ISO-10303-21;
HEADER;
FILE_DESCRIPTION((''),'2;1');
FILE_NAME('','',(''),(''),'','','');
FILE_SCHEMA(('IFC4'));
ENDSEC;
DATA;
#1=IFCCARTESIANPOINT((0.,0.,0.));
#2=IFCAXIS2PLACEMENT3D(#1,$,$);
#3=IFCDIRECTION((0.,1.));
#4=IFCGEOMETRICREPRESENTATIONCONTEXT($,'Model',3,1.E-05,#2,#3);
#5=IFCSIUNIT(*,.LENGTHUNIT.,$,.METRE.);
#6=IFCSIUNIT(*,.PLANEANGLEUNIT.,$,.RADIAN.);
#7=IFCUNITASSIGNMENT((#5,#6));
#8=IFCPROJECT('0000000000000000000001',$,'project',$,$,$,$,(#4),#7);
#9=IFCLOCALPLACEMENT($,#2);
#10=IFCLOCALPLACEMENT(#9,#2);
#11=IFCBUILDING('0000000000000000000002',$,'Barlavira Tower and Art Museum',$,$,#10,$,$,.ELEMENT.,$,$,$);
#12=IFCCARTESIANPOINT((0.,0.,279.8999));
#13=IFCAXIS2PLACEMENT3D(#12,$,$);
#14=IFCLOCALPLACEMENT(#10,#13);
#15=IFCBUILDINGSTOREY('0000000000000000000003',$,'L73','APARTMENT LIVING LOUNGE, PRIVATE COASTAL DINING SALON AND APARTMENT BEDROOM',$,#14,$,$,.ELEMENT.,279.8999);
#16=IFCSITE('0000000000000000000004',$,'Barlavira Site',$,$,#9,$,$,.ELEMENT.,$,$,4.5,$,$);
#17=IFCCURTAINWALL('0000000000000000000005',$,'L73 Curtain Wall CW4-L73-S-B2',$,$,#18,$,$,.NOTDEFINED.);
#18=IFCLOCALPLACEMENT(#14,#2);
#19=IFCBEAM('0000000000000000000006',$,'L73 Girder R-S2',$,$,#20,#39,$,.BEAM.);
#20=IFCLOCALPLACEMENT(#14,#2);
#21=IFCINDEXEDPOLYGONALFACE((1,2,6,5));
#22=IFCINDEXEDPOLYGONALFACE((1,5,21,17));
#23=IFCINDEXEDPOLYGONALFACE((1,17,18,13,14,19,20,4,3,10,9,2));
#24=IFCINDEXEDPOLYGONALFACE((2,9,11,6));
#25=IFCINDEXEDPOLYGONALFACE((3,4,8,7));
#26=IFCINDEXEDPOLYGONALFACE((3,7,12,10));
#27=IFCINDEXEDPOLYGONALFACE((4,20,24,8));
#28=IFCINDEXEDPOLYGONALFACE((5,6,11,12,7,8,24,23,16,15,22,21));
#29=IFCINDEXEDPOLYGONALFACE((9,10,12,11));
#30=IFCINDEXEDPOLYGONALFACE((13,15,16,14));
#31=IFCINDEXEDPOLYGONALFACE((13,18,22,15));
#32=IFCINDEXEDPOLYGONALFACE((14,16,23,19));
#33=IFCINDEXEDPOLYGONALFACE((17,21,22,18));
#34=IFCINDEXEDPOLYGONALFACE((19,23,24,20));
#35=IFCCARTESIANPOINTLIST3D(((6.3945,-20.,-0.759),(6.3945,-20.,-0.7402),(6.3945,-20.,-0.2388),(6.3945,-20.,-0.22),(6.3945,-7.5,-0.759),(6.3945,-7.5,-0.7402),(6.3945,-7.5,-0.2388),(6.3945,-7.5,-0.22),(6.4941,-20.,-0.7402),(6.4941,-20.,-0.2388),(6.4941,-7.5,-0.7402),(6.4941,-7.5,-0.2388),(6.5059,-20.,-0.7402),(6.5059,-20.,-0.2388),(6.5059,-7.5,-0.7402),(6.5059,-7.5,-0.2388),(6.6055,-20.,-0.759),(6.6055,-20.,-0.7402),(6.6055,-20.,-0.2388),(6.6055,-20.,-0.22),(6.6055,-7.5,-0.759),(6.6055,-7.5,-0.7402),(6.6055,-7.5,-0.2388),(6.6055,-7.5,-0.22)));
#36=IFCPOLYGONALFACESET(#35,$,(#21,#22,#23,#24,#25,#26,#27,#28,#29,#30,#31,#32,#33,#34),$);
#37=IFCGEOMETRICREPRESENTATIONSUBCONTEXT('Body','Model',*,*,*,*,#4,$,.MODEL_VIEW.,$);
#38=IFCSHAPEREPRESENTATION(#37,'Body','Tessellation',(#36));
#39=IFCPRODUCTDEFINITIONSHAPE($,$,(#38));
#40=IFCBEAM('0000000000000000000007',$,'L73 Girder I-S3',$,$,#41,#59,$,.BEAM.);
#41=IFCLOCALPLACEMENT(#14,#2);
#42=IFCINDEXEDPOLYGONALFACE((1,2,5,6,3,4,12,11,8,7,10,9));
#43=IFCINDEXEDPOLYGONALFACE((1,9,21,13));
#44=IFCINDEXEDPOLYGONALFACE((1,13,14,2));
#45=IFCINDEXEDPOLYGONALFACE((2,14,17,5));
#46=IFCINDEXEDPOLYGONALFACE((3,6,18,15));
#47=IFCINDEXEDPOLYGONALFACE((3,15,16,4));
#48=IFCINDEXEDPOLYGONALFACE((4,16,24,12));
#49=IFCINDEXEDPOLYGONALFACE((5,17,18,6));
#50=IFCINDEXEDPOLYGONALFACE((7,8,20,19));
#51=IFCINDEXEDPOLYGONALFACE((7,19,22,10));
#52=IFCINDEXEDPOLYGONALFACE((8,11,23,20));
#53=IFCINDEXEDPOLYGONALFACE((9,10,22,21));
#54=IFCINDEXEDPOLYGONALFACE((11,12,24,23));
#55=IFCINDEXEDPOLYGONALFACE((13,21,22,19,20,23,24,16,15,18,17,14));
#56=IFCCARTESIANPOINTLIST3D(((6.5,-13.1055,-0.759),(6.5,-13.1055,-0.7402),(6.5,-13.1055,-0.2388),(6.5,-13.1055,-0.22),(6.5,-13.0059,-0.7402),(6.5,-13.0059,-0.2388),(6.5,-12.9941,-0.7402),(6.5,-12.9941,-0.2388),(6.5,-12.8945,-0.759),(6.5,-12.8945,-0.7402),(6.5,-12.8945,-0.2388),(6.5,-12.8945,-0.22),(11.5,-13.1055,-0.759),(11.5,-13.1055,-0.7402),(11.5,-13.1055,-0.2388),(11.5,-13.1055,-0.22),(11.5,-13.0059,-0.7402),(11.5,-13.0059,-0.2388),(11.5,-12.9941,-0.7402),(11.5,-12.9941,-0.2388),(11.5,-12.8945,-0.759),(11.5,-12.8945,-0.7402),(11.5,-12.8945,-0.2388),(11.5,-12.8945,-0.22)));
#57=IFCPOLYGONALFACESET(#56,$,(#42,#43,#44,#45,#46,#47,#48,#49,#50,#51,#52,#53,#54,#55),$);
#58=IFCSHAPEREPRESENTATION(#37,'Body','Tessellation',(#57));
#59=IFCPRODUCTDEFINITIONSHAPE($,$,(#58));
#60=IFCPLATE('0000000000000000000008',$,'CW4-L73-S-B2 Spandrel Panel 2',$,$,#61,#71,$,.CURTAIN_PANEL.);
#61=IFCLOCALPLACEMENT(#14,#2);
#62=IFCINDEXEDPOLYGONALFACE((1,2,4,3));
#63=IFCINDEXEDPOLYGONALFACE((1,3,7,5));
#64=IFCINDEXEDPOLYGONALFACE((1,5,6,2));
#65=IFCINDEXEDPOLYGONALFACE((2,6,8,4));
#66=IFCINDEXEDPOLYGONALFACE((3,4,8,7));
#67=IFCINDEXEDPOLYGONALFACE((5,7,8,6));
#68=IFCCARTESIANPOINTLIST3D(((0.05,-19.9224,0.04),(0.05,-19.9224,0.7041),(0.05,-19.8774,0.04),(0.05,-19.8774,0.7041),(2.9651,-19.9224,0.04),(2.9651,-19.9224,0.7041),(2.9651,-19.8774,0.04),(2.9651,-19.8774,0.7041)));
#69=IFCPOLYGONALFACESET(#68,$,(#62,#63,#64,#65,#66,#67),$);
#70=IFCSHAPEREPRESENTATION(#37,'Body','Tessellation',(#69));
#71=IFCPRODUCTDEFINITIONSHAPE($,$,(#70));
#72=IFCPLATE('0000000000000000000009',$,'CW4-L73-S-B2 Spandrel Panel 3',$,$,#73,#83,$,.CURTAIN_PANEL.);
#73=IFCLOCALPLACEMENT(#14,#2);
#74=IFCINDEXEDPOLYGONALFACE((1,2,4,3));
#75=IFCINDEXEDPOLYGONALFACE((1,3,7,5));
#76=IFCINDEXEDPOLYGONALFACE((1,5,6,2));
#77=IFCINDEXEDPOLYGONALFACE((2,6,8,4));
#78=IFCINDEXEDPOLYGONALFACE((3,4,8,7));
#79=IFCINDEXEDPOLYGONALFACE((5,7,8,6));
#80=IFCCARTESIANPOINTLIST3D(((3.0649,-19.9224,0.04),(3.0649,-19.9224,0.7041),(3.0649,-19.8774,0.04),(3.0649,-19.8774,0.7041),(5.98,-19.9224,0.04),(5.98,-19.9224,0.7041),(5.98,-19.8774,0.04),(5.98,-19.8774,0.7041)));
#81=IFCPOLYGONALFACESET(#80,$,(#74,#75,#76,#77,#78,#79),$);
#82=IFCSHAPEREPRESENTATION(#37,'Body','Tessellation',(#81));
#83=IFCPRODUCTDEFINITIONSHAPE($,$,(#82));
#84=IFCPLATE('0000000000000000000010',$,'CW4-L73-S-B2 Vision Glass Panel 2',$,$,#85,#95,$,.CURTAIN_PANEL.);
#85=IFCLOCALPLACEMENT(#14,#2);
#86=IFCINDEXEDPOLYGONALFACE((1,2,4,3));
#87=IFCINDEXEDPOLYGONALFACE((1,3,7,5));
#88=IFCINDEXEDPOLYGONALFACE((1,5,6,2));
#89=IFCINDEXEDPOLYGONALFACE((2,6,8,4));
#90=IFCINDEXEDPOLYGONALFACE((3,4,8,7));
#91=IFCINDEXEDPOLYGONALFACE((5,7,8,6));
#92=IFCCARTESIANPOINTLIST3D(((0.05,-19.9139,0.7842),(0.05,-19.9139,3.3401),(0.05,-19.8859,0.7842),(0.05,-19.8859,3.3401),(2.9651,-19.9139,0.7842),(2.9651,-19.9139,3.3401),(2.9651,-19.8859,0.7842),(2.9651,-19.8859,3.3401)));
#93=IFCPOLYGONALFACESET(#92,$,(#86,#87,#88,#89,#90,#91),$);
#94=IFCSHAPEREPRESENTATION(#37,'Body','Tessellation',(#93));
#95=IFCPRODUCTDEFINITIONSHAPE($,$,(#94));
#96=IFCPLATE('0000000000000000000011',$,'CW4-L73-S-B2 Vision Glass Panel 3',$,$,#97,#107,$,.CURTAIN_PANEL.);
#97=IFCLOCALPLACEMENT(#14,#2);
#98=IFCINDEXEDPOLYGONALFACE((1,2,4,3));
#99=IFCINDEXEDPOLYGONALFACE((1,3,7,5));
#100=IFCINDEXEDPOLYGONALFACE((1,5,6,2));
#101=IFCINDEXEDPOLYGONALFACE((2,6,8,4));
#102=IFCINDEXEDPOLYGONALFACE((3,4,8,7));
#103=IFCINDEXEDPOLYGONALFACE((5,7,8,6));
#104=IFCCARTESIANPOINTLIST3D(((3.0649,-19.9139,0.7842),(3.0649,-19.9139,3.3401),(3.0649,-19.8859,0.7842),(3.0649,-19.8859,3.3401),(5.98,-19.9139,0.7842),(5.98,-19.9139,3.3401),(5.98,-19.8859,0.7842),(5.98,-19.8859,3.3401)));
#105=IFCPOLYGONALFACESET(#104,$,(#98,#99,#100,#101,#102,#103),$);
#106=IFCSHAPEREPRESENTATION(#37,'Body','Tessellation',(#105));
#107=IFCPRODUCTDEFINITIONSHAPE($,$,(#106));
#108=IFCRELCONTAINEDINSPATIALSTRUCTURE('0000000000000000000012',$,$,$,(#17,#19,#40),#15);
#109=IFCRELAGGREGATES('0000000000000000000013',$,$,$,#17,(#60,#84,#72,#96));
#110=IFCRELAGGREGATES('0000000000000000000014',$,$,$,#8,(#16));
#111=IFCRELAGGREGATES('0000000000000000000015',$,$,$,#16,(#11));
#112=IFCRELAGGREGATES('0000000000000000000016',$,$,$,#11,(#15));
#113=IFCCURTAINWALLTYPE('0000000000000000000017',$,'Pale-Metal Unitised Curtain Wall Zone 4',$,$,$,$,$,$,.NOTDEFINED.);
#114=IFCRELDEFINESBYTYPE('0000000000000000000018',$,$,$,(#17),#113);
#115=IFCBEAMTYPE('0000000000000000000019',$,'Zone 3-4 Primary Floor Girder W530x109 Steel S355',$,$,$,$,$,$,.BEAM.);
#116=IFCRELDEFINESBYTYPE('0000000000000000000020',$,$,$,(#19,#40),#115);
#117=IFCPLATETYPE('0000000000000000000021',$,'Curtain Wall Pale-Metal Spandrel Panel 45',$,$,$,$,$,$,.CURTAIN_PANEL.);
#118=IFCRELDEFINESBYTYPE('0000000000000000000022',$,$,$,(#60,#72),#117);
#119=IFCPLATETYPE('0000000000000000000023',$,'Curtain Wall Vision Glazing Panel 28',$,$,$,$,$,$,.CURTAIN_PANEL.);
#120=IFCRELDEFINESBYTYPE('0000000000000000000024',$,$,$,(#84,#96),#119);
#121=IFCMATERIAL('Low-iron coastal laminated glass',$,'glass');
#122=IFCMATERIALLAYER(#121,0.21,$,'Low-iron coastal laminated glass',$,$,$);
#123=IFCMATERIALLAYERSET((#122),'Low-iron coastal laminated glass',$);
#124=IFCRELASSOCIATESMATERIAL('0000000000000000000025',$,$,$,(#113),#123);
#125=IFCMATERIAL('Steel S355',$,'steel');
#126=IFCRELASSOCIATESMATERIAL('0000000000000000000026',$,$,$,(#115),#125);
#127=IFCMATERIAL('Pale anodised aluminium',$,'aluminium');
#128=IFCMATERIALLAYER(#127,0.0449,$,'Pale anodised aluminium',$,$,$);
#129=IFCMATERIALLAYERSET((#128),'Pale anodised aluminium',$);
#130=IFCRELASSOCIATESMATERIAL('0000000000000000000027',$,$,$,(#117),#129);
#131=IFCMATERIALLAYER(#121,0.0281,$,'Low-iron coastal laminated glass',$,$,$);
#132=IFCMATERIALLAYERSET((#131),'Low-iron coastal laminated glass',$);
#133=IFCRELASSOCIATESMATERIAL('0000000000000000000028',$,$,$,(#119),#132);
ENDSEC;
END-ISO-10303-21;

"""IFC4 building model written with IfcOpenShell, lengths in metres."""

from ifc_helpers import new_model, si_unit, direction, frame, origin, origin_2d, place, context, subcontext, project, spatial, rectangle, i_section, extrude, material, layer, layer_set, material_profile, profile_set, type_object, element, aggregate, save


model = new_model("IFC4")

# Units and contexts
model_context = context("Model", 3, precision=1e-05, world=origin(), true_north=direction((0.0, 1.0)))
body_context = subcontext(model_context, "Body", "Model", "MODEL_VIEW")
ifc_project = project(units=[si_unit("LENGTHUNIT", "METRE"), si_unit("PLANEANGLEUNIT", "RADIAN")], contexts=[model_context])

# Site, building, storey
site_placement = place(None, origin())
site = spatial("IfcSite", under=ifc_project, at=site_placement, Name="Barlavira Site", CompositionType="ELEMENT", RefElevation=4.5)
building_placement = place(site_placement, origin())
building = spatial("IfcBuilding", under=site, at=building_placement, Name="Barlavira Tower and Art Museum", CompositionType="ELEMENT")
storey_placement = place(building_placement, frame((0.0, 0.0, 279.8999)))
storey = spatial("IfcBuildingStorey", under=building, at=storey_placement, Name="L73", Description="APARTMENT LIVING LOUNGE, PRIVATE COASTAL DINING SALON AND APARTMENT BEDROOM", CompositionType="ELEMENT", Elevation=279.8999)

# Shared definitions
ifc_material_1 = material(Name="Steel S355", Category="steel")

# Curtain wall
ifc_material_2 = material(Name="Low-iron coastal laminated glass", Category="glass")
ifc_layer_1 = layer(ifc_material_2, 0.21, Name="Low-iron coastal laminated glass")
ifc_layer_set_1 = layer_set([ifc_layer_1], Name="Low-iron coastal laminated glass")
curtain_wall_type = type_object("IfcCurtainWallType", Name="Pale-Metal Unitised Curtain Wall Zone 4", PredefinedType="NOTDEFINED", material=ifc_layer_set_1)
curtain_wall_placement = place(storey_placement, origin())
curtain_wall = element("IfcCurtainWall", 1, at=curtain_wall_placement, inside=storey, type_object=curtain_wall_type, Name="L73 Curtain Wall CW4-L73-S-B2", PredefinedType="NOTDEFINED")
ifc_material_3 = material(Name="Pale anodised aluminium", Category="aluminium")

# Beams
ifc_material_profile_1 = material_profile(ifc_material_1, i_section(OverallWidth=0.2109, OverallDepth=0.5391, WebThickness=0.0117, FlangeThickness=0.0188, at=origin_2d()), Name="W530x109.0")
ifc_profile_set_1 = profile_set([ifc_material_profile_1], Name="Steel S355")
beam_type_1 = type_object("IfcBeamType", Name="Zone 3-4 Primary Floor Girder W530x109 Steel S355", PredefinedType="BEAM", material=ifc_profile_set_1)
beam_1_placement = place(storey_placement, frame((6.5, -20.0, -0.4895), z_axis=(0.0, 1.0, 0.0), x_axis=(-1.0, 0.0, 0.0)))
element("IfcBeam", 2, at=beam_1_placement, inside=storey, type_object=beam_type_1, Name="L73 Girder R-S2", PredefinedType="BEAM", context=body_context, shape_type="SweptSolid", body=[
    extrude(i_section(OverallWidth=0.2109, OverallDepth=0.5391, WebThickness=0.0117, FlangeThickness=0.0188, at=origin_2d()), origin(), (0.0, 0.0, 1.0), 12.5),
])
beam_2_placement = place(storey_placement, frame((6.5, -13.0, -0.4895), z_axis=(1.0, 0.0, 0.0), x_axis=(0.0, 1.0, 0.0)))
element("IfcBeam", 3, at=beam_2_placement, inside=storey, type_object=beam_type_1, Name="L73 Girder I-S3", PredefinedType="BEAM", context=body_context, shape_type="SweptSolid", body=[
    extrude(i_section(OverallWidth=0.2109, OverallDepth=0.5391, WebThickness=0.0117, FlangeThickness=0.0188, at=origin_2d()), origin(), (0.0, 0.0, 1.0), 5.0),
])

# Plates
ifc_layer_2 = layer(ifc_material_3, 0.0449, Name="Pale anodised aluminium")
ifc_layer_set_2 = layer_set([ifc_layer_2], Name="Pale anodised aluminium")
plate_type_1 = type_object("IfcPlateType", Name="Curtain Wall Pale-Metal Spandrel Panel 45", PredefinedType="CURTAIN_PANEL", material=ifc_layer_set_2)
plate_1_placement = place(storey_placement, frame((1.5076, -19.8999, 0.04), z_axis=(0.0, 0.0, 1.0), x_axis=(1.0, 0.0, 0.0)))
plate_1 = element("IfcPlate", 4, at=plate_1_placement, type_object=plate_type_1, Name="CW4-L73-S-B2 Spandrel Panel 2", PredefinedType="CURTAIN_PANEL", context=body_context, shape_type="SweptSolid", body=[
    extrude(rectangle(XDim=2.915, YDim=0.0449, at=origin_2d()), origin(), (0.0, 0.0, 1.0), 0.6641),
])
plate_2_placement = place(storey_placement, frame((4.5225, -19.8999, 0.04), z_axis=(0.0, 0.0, 1.0), x_axis=(1.0, 0.0, 0.0)))
plate_2 = element("IfcPlate", 5, at=plate_2_placement, type_object=plate_type_1, Name="CW4-L73-S-B2 Spandrel Panel 3", PredefinedType="CURTAIN_PANEL", context=body_context, shape_type="SweptSolid", body=[
    extrude(rectangle(XDim=2.915, YDim=0.0449, at=origin_2d()), origin(), (0.0, 0.0, 1.0), 0.6641),
])
ifc_layer_3 = layer(ifc_material_2, 0.0281, Name="Low-iron coastal laminated glass")
ifc_layer_set_3 = layer_set([ifc_layer_3], Name="Low-iron coastal laminated glass")
plate_type_2 = type_object("IfcPlateType", Name="Curtain Wall Vision Glazing Panel 28", PredefinedType="CURTAIN_PANEL", material=ifc_layer_set_3)
plate_3_placement = place(storey_placement, frame((1.5076, -19.8999, 0.7842), z_axis=(0.0, 0.0, 1.0), x_axis=(1.0, 0.0, 0.0)))
plate_3 = element("IfcPlate", 6, at=plate_3_placement, type_object=plate_type_2, Name="CW4-L73-S-B2 Vision Glass Panel 2", PredefinedType="CURTAIN_PANEL", context=body_context, shape_type="SweptSolid", body=[
    extrude(rectangle(XDim=2.915, YDim=0.0281, at=origin_2d()), origin(), (0.0, 0.0, 1.0), 2.5559),
])
plate_4_placement = place(storey_placement, frame((4.5225, -19.8999, 0.7842), z_axis=(0.0, 0.0, 1.0), x_axis=(1.0, 0.0, 0.0)))
plate_4 = element("IfcPlate", 7, at=plate_4_placement, type_object=plate_type_2, Name="CW4-L73-S-B2 Vision Glass Panel 3", PredefinedType="CURTAIN_PANEL", context=body_context, shape_type="SweptSolid", body=[
    extrude(rectangle(XDim=2.915, YDim=0.0281, at=origin_2d()), origin(), (0.0, 0.0, 1.0), 2.5559),
])
aggregate(curtain_wall, [plate_1, plate_3, plate_2, plate_4])

save(model, "model.ifc")
